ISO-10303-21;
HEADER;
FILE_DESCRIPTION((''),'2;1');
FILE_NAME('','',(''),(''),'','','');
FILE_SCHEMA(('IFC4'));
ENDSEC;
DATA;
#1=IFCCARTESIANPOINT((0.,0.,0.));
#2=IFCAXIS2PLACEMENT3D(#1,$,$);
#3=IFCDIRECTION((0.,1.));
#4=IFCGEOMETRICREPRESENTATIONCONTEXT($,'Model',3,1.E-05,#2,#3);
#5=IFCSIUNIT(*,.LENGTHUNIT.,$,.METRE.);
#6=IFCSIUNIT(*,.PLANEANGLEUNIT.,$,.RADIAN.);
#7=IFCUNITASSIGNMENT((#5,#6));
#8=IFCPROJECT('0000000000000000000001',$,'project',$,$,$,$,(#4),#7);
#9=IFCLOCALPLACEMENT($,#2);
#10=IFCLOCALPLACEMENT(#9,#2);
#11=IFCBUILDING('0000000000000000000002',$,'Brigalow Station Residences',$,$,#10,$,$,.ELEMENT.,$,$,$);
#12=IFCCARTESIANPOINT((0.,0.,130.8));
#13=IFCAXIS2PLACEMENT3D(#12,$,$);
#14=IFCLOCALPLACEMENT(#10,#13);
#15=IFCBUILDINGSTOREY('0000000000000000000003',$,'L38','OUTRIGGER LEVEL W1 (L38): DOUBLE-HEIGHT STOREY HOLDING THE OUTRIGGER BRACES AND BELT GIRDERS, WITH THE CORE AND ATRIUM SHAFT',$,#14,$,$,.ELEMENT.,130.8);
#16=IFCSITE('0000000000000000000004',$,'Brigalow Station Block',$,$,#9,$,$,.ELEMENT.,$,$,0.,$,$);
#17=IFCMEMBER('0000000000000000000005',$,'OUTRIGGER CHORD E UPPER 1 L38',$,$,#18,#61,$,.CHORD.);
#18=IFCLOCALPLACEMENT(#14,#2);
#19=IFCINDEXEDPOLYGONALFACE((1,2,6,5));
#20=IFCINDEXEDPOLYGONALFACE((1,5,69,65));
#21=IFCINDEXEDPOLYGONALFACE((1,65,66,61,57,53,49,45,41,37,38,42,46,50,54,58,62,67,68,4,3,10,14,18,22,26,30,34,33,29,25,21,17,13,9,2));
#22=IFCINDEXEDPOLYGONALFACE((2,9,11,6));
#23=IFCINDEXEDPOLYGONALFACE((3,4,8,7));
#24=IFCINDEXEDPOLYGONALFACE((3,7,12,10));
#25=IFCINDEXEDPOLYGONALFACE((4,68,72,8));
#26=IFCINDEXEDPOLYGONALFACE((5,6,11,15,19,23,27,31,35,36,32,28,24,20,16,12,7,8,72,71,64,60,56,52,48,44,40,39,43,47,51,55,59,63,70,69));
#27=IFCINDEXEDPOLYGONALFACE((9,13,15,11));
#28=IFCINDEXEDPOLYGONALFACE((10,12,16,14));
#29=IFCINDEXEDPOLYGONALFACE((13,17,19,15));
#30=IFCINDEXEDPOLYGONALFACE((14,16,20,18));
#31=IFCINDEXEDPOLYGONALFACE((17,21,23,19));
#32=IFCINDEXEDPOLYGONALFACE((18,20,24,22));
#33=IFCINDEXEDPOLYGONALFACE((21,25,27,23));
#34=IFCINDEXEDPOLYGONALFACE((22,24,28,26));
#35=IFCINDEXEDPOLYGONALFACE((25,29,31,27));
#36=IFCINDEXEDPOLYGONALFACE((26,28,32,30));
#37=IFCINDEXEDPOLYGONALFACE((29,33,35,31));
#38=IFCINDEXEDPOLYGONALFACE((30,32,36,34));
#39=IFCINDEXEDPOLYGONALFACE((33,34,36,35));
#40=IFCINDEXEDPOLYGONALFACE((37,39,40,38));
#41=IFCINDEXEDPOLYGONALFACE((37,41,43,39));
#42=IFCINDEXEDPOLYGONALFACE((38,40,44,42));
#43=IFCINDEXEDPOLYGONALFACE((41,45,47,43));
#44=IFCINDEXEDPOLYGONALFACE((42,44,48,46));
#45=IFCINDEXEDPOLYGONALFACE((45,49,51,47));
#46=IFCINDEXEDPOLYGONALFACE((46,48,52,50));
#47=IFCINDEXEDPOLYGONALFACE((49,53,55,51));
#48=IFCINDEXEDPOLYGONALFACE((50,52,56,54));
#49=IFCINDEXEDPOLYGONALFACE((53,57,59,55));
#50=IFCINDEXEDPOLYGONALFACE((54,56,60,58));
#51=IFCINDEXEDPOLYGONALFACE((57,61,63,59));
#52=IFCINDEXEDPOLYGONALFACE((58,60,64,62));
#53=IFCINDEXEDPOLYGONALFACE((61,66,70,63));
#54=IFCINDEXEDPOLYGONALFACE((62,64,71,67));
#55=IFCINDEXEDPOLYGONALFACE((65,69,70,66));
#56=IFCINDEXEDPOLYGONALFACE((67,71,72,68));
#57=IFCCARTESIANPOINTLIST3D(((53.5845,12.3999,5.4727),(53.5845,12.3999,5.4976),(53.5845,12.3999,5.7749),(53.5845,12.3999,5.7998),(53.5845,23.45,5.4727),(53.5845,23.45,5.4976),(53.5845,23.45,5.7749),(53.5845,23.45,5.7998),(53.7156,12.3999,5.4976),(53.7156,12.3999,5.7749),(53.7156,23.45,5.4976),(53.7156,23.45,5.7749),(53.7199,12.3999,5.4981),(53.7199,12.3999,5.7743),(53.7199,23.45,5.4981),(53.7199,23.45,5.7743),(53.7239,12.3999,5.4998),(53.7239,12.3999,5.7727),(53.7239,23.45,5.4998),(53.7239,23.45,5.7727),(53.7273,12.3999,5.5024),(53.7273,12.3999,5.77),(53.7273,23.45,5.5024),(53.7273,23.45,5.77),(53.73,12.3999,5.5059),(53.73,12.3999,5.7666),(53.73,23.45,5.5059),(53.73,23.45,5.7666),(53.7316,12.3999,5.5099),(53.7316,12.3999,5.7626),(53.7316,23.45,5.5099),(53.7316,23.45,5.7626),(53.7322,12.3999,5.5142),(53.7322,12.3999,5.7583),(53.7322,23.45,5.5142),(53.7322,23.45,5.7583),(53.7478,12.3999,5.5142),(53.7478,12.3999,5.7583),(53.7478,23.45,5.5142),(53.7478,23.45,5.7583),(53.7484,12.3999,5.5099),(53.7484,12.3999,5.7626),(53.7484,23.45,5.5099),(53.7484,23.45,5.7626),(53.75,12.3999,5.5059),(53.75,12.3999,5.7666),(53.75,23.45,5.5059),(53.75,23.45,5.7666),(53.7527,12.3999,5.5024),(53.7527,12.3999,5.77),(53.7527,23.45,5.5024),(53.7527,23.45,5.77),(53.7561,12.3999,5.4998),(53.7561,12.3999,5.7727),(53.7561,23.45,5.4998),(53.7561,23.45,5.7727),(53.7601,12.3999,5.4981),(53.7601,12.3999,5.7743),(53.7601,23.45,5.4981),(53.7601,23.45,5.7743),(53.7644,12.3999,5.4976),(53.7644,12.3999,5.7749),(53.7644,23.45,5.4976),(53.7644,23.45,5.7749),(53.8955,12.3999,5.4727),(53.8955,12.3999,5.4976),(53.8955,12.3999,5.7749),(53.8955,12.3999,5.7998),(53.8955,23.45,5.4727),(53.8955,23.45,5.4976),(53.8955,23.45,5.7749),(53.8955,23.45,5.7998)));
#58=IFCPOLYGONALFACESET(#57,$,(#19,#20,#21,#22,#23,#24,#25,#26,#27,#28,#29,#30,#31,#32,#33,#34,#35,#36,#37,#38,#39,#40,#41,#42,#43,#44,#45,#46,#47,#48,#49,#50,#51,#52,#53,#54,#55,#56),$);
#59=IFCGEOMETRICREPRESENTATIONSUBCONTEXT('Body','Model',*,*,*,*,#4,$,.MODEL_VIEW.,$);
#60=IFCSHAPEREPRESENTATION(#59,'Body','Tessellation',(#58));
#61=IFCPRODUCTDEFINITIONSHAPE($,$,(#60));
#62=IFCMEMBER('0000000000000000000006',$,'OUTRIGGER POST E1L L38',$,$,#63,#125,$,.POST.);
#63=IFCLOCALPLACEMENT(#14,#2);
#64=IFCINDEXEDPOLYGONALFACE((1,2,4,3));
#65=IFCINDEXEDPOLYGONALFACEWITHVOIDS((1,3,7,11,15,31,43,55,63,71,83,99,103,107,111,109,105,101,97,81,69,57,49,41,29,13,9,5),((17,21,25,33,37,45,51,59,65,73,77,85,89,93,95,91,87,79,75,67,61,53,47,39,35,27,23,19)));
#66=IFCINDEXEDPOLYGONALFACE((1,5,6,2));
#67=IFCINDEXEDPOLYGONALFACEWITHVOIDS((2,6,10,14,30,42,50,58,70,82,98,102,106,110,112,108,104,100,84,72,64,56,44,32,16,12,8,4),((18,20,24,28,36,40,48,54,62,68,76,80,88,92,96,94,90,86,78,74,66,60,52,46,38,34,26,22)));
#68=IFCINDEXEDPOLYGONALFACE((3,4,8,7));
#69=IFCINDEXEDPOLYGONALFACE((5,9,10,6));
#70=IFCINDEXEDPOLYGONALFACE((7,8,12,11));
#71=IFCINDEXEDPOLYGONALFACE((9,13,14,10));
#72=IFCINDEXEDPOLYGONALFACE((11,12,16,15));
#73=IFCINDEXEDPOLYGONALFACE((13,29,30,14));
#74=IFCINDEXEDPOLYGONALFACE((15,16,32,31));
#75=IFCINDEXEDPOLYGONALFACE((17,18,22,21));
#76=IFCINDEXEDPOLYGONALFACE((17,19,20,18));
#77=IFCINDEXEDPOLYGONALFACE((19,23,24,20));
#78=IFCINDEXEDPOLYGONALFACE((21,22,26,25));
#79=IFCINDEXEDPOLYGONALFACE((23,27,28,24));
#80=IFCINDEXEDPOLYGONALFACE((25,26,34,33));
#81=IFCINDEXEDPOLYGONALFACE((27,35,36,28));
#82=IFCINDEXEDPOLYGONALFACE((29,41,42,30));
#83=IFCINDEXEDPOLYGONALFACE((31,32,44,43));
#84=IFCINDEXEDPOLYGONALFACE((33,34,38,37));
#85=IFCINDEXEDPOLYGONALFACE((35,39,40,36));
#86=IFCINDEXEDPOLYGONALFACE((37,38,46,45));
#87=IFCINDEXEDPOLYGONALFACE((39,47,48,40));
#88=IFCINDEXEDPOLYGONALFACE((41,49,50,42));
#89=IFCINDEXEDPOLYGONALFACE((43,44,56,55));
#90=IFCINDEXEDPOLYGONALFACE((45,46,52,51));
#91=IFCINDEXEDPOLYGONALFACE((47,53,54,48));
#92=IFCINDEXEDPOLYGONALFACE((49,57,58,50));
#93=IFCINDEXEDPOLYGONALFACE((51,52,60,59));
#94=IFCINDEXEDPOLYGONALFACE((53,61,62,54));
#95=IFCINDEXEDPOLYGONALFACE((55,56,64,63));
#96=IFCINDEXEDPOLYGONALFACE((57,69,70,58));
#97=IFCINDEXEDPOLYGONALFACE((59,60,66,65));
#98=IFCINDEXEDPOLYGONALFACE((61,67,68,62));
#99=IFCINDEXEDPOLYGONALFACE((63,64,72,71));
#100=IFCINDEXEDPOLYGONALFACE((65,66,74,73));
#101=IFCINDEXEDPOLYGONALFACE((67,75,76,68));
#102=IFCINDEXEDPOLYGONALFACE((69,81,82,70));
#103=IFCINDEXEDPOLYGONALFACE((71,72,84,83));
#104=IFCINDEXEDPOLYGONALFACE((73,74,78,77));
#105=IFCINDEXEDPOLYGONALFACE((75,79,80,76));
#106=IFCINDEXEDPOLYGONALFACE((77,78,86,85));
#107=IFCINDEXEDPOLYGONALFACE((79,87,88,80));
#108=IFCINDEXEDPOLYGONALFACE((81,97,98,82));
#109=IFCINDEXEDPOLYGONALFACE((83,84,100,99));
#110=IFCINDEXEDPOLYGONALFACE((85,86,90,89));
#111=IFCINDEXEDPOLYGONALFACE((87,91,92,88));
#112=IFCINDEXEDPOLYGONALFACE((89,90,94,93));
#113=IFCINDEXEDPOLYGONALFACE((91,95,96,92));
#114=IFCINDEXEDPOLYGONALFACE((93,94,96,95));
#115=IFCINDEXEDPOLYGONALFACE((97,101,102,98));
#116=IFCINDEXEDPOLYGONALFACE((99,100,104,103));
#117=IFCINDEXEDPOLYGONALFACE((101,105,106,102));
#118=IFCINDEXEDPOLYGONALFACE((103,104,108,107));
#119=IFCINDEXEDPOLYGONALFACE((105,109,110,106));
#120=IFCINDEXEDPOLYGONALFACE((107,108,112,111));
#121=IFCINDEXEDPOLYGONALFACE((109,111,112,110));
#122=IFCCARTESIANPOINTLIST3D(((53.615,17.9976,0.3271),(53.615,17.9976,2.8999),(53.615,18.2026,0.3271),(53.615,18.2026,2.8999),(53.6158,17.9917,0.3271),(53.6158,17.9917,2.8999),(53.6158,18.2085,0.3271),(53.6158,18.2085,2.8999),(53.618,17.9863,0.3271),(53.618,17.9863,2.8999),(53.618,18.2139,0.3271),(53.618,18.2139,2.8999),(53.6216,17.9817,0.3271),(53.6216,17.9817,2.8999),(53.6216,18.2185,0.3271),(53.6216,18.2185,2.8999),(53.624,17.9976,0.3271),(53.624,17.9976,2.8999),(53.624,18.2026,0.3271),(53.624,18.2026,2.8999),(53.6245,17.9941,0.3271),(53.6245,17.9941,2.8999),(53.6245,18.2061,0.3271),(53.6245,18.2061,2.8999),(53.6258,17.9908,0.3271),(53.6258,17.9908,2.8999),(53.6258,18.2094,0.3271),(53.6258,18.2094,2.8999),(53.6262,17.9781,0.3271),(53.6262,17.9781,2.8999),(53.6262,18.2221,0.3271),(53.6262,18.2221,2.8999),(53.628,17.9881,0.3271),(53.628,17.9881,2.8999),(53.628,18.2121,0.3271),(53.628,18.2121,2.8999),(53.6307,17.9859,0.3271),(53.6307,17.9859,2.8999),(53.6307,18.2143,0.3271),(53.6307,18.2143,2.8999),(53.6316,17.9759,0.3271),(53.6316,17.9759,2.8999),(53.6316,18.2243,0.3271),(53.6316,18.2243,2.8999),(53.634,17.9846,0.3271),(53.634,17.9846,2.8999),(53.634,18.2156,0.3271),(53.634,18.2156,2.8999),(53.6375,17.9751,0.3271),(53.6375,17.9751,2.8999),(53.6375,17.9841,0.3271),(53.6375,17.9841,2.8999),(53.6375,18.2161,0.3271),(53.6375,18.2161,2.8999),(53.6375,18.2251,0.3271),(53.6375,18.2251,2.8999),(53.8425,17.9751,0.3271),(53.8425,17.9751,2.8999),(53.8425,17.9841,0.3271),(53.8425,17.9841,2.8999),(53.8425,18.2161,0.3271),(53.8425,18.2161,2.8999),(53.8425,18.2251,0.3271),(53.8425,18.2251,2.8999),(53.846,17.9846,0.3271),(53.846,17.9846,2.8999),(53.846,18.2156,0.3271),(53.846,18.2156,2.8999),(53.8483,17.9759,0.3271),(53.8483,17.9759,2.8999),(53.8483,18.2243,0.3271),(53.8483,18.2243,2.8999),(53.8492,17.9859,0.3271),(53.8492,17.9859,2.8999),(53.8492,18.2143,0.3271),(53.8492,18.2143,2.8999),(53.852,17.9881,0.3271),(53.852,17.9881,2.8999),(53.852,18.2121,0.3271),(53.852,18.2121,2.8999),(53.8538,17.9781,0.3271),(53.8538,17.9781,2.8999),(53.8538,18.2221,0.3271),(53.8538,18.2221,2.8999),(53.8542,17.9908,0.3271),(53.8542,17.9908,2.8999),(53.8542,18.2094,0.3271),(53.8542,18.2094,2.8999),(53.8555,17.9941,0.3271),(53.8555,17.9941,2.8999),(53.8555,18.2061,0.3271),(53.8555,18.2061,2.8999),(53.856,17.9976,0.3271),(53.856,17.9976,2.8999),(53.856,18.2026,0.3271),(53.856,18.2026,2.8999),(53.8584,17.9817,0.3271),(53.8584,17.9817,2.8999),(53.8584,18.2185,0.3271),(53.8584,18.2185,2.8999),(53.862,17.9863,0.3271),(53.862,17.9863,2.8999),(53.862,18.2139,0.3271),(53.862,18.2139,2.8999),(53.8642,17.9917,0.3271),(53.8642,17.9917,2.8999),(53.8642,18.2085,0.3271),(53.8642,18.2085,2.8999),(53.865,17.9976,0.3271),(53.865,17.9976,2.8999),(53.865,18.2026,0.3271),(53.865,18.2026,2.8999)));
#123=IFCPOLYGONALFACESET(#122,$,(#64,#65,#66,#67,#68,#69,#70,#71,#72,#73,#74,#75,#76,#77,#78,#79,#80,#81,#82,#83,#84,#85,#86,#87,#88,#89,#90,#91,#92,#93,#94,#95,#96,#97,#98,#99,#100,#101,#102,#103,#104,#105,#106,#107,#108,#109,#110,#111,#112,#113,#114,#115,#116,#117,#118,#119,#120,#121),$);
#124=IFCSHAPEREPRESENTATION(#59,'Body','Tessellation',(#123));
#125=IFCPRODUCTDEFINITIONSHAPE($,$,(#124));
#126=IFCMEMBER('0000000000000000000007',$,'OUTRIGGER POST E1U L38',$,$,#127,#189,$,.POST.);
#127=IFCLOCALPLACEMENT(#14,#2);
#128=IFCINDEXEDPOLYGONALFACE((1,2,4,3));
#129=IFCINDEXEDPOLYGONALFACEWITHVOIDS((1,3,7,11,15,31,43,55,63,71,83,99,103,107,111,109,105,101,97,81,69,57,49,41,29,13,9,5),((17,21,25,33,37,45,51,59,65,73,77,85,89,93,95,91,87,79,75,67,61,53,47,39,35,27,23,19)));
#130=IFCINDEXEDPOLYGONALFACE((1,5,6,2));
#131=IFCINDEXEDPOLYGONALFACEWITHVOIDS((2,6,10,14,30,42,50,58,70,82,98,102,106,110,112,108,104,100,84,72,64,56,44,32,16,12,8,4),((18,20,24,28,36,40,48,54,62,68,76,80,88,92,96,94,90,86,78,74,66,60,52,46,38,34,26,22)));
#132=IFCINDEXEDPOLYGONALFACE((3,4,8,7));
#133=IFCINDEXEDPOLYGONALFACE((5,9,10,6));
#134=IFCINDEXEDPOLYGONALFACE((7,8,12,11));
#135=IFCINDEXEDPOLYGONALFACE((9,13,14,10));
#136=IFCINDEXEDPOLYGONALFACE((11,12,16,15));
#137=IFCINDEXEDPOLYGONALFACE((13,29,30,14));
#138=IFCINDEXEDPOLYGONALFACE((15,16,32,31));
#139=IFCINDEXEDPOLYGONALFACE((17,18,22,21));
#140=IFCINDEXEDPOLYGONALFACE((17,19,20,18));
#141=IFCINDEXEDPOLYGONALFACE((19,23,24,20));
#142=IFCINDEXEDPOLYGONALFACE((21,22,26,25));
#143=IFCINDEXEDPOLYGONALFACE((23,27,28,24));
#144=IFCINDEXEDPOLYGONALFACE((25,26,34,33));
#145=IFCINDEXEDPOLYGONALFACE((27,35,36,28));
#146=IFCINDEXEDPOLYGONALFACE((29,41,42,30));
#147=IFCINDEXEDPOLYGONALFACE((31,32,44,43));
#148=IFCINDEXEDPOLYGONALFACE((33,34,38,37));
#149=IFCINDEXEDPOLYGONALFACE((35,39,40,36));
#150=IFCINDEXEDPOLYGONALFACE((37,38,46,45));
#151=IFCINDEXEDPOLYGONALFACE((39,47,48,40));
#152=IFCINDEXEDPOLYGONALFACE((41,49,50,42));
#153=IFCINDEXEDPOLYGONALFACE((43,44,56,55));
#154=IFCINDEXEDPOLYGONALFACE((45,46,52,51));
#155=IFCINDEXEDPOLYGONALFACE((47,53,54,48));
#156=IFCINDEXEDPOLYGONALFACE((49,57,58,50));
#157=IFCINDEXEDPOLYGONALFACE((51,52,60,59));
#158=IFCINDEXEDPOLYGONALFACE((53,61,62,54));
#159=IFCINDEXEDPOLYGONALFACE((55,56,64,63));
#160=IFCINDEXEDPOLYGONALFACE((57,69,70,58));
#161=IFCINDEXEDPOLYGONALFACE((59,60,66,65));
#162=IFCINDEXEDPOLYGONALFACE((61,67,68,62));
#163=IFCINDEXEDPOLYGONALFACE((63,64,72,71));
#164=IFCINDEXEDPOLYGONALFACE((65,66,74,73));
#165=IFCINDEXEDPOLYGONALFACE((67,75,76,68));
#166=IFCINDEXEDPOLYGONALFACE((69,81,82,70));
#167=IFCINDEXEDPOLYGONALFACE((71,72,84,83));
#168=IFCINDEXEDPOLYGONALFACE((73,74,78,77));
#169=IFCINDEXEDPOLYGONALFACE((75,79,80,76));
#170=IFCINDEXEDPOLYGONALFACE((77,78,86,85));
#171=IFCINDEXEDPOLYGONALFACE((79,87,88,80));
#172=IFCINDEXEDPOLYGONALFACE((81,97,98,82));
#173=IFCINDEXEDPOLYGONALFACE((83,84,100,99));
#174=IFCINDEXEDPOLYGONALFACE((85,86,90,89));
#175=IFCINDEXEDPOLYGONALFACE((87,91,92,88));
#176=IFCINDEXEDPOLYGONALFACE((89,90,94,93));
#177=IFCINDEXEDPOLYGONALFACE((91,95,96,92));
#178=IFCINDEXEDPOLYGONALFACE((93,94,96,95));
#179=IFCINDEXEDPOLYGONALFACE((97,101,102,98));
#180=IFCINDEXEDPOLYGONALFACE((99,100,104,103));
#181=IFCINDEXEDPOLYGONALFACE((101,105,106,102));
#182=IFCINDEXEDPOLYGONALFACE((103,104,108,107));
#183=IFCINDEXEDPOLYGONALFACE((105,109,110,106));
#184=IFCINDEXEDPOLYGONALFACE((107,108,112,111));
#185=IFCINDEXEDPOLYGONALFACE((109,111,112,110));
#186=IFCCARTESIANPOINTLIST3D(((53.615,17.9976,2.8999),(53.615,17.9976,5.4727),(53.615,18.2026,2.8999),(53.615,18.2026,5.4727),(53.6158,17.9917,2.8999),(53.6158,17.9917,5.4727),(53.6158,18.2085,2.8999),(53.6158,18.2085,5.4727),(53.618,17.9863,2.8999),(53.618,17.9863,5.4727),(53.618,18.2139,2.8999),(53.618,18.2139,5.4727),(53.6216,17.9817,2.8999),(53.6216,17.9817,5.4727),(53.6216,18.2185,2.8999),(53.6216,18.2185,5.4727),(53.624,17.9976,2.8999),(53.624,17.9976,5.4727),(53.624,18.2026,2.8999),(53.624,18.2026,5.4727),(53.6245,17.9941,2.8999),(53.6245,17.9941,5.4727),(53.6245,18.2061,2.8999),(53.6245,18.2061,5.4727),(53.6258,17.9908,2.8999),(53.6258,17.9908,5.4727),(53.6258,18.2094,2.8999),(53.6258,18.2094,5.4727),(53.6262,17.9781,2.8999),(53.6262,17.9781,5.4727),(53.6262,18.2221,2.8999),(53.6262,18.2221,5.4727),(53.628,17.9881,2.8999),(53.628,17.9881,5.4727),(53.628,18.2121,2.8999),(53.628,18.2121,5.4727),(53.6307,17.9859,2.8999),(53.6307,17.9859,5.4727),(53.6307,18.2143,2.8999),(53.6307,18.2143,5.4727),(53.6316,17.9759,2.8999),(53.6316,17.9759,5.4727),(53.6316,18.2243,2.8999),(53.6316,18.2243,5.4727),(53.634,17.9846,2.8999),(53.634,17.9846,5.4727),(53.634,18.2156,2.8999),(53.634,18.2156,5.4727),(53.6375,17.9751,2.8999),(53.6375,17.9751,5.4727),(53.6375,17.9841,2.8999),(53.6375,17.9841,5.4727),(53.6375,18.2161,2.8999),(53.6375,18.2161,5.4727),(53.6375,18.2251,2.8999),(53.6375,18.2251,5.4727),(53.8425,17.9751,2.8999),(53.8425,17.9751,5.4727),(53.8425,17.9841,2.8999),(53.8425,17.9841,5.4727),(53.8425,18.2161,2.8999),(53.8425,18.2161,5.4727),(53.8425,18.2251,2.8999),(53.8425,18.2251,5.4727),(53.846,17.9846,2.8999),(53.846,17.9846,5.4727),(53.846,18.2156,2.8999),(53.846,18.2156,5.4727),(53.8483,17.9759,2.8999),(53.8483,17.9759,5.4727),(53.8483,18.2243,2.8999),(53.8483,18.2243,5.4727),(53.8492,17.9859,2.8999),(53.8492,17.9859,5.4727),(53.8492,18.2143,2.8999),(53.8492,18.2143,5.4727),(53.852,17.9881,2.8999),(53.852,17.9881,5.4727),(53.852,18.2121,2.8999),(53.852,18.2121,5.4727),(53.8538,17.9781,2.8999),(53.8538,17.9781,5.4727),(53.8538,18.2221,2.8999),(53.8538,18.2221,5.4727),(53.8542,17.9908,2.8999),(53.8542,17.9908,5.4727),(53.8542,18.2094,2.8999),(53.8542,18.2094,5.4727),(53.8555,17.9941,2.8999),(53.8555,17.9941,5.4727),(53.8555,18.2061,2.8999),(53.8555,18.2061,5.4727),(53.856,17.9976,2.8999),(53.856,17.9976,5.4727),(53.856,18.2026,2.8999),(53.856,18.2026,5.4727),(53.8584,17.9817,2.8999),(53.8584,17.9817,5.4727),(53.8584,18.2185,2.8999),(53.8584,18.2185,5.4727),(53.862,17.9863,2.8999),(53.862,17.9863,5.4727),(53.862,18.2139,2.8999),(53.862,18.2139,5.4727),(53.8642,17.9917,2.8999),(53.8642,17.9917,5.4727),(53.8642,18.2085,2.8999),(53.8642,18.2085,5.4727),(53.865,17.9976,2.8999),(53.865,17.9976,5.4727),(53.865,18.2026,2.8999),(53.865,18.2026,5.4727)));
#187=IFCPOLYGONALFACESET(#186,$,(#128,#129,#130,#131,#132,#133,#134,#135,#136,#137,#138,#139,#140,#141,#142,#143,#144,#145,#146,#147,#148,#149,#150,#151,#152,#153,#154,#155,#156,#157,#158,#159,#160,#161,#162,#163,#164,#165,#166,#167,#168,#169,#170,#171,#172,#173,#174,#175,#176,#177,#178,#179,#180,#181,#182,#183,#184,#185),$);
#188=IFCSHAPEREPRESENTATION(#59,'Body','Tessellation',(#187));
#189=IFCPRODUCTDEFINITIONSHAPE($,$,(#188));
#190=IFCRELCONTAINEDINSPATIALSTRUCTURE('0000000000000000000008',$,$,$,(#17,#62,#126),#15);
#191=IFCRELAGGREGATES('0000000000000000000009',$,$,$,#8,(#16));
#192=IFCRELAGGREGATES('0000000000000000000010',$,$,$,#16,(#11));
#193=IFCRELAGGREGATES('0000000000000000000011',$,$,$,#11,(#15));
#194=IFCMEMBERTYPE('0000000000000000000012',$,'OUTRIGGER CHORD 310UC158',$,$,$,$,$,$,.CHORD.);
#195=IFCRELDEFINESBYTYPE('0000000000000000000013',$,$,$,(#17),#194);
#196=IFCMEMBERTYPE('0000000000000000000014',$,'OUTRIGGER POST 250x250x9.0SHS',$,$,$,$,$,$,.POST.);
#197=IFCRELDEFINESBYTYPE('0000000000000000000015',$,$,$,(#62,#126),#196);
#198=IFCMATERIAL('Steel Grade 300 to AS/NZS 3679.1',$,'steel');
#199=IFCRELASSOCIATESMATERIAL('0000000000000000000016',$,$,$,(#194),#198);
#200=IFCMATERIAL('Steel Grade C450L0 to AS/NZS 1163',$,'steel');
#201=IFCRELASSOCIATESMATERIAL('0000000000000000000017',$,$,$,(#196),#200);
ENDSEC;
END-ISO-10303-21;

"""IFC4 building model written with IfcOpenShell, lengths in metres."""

from ifc_helpers import new_model, si_unit, direction, frame, origin, origin_2d, place, context, subcontext, project, spatial, hollow_rectangle, i_section, extrude, material, material_profile, profile_set, type_object, element, save


model = new_model("IFC4")

# Units and contexts
model_context = context("Model", 3, precision=1e-05, world=origin(), true_north=direction((0.0, 1.0)))
body_context = subcontext(model_context, "Body", "Model", "MODEL_VIEW")
ifc_project = project(units=[si_unit("LENGTHUNIT", "METRE"), si_unit("PLANEANGLEUNIT", "RADIAN")], contexts=[model_context])

# Site, building, storey
site_placement = place(None, origin())
site = spatial("IfcSite", under=ifc_project, at=site_placement, Name="Brigalow Station Block", CompositionType="ELEMENT", RefElevation=0.0)
building_placement = place(site_placement, origin())
building = spatial("IfcBuilding", under=site, at=building_placement, Name="Brigalow Station Residences", CompositionType="ELEMENT")
storey_placement = place(building_placement, frame((0.0, 0.0, 130.8)))
storey = spatial("IfcBuildingStorey", under=building, at=storey_placement, Name="L38", Description="OUTRIGGER LEVEL W1 (L38): DOUBLE-HEIGHT STOREY HOLDING THE OUTRIGGER BRACES AND BELT GIRDERS, WITH THE CORE AND ATRIUM SHAFT", CompositionType="ELEMENT", Elevation=130.8)

# Members
ifc_material_1 = material(Name="Steel Grade 300 to AS/NZS 3679.1", Category="steel")
ifc_material_profile_1 = material_profile(ifc_material_1, i_section(OverallWidth=0.311, OverallDepth=0.3271, WebThickness=0.0156, FlangeThickness=0.0249, FilletRadius=0.0166, at=origin_2d()), Name="310UC158")
ifc_profile_set_1 = profile_set([ifc_material_profile_1], Name="Steel Grade 300 to AS/NZS 3679.1")
member_type_1 = type_object("IfcMemberType", Name="OUTRIGGER CHORD 310UC158", PredefinedType="CHORD", material=ifc_profile_set_1)
for number, where, z_axis, x_axis, name in (
    (1, (53.74, 12.3999, 5.6362), (0.0, 1.0, 0.0), (-1.0, 0.0, 0.0), "OUTRIGGER CHORD E UPPER 1 L38"),
):
    element("IfcMember", number, at=place(storey_placement, frame(where, z_axis=z_axis, x_axis=x_axis)), inside=storey, type_object=member_type_1, Name=name, PredefinedType="CHORD", context=body_context, shape_type="SweptSolid", body=[
        extrude(i_section(OverallWidth=0.311, OverallDepth=0.3271, WebThickness=0.0156, FlangeThickness=0.0249, FilletRadius=0.0166, at=origin_2d()), origin(), (0.0, 0.0, 1.0), 11.05),
    ])
ifc_material_2 = material(Name="Steel Grade C450L0 to AS/NZS 1163", Category="steel")
ifc_material_profile_2 = material_profile(ifc_material_2, hollow_rectangle(XDim=0.25, YDim=0.25, WallThickness=0.009, InnerFilletRadius=0.0134, OuterFilletRadius=0.0225, at=origin_2d()), Name="250x250x9.0SHS")
ifc_profile_set_2 = profile_set([ifc_material_profile_2], Name="Steel Grade C450L0 to AS/NZS 1163")
member_type_2 = type_object("IfcMemberType", Name="OUTRIGGER POST 250x250x9.0SHS", PredefinedType="POST", material=ifc_profile_set_2)
for number, where, z_axis, x_axis, name in (
    (2, (53.74, 18.1001, 0.3271), (0.0, 0.0, 1.0), (1.0, 0.0, 0.0), "OUTRIGGER POST E1L L38"),
    (3, (53.74, 18.1001, 2.8999), (0.0, 0.0, 1.0), (1.0, 0.0, 0.0), "OUTRIGGER POST E1U L38"),
):
    element("IfcMember", number, at=place(storey_placement, frame(where, z_axis=z_axis, x_axis=x_axis)), inside=storey, type_object=member_type_2, Name=name, PredefinedType="POST", context=body_context, shape_type="SweptSolid", body=[
        extrude(hollow_rectangle(XDim=0.25, YDim=0.25, WallThickness=0.009, InnerFilletRadius=0.0134, OuterFilletRadius=0.0225, at=origin_2d()), origin(), (0.0, 0.0, 1.0), 2.5728),
    ])

save(model, "model.ifc")
